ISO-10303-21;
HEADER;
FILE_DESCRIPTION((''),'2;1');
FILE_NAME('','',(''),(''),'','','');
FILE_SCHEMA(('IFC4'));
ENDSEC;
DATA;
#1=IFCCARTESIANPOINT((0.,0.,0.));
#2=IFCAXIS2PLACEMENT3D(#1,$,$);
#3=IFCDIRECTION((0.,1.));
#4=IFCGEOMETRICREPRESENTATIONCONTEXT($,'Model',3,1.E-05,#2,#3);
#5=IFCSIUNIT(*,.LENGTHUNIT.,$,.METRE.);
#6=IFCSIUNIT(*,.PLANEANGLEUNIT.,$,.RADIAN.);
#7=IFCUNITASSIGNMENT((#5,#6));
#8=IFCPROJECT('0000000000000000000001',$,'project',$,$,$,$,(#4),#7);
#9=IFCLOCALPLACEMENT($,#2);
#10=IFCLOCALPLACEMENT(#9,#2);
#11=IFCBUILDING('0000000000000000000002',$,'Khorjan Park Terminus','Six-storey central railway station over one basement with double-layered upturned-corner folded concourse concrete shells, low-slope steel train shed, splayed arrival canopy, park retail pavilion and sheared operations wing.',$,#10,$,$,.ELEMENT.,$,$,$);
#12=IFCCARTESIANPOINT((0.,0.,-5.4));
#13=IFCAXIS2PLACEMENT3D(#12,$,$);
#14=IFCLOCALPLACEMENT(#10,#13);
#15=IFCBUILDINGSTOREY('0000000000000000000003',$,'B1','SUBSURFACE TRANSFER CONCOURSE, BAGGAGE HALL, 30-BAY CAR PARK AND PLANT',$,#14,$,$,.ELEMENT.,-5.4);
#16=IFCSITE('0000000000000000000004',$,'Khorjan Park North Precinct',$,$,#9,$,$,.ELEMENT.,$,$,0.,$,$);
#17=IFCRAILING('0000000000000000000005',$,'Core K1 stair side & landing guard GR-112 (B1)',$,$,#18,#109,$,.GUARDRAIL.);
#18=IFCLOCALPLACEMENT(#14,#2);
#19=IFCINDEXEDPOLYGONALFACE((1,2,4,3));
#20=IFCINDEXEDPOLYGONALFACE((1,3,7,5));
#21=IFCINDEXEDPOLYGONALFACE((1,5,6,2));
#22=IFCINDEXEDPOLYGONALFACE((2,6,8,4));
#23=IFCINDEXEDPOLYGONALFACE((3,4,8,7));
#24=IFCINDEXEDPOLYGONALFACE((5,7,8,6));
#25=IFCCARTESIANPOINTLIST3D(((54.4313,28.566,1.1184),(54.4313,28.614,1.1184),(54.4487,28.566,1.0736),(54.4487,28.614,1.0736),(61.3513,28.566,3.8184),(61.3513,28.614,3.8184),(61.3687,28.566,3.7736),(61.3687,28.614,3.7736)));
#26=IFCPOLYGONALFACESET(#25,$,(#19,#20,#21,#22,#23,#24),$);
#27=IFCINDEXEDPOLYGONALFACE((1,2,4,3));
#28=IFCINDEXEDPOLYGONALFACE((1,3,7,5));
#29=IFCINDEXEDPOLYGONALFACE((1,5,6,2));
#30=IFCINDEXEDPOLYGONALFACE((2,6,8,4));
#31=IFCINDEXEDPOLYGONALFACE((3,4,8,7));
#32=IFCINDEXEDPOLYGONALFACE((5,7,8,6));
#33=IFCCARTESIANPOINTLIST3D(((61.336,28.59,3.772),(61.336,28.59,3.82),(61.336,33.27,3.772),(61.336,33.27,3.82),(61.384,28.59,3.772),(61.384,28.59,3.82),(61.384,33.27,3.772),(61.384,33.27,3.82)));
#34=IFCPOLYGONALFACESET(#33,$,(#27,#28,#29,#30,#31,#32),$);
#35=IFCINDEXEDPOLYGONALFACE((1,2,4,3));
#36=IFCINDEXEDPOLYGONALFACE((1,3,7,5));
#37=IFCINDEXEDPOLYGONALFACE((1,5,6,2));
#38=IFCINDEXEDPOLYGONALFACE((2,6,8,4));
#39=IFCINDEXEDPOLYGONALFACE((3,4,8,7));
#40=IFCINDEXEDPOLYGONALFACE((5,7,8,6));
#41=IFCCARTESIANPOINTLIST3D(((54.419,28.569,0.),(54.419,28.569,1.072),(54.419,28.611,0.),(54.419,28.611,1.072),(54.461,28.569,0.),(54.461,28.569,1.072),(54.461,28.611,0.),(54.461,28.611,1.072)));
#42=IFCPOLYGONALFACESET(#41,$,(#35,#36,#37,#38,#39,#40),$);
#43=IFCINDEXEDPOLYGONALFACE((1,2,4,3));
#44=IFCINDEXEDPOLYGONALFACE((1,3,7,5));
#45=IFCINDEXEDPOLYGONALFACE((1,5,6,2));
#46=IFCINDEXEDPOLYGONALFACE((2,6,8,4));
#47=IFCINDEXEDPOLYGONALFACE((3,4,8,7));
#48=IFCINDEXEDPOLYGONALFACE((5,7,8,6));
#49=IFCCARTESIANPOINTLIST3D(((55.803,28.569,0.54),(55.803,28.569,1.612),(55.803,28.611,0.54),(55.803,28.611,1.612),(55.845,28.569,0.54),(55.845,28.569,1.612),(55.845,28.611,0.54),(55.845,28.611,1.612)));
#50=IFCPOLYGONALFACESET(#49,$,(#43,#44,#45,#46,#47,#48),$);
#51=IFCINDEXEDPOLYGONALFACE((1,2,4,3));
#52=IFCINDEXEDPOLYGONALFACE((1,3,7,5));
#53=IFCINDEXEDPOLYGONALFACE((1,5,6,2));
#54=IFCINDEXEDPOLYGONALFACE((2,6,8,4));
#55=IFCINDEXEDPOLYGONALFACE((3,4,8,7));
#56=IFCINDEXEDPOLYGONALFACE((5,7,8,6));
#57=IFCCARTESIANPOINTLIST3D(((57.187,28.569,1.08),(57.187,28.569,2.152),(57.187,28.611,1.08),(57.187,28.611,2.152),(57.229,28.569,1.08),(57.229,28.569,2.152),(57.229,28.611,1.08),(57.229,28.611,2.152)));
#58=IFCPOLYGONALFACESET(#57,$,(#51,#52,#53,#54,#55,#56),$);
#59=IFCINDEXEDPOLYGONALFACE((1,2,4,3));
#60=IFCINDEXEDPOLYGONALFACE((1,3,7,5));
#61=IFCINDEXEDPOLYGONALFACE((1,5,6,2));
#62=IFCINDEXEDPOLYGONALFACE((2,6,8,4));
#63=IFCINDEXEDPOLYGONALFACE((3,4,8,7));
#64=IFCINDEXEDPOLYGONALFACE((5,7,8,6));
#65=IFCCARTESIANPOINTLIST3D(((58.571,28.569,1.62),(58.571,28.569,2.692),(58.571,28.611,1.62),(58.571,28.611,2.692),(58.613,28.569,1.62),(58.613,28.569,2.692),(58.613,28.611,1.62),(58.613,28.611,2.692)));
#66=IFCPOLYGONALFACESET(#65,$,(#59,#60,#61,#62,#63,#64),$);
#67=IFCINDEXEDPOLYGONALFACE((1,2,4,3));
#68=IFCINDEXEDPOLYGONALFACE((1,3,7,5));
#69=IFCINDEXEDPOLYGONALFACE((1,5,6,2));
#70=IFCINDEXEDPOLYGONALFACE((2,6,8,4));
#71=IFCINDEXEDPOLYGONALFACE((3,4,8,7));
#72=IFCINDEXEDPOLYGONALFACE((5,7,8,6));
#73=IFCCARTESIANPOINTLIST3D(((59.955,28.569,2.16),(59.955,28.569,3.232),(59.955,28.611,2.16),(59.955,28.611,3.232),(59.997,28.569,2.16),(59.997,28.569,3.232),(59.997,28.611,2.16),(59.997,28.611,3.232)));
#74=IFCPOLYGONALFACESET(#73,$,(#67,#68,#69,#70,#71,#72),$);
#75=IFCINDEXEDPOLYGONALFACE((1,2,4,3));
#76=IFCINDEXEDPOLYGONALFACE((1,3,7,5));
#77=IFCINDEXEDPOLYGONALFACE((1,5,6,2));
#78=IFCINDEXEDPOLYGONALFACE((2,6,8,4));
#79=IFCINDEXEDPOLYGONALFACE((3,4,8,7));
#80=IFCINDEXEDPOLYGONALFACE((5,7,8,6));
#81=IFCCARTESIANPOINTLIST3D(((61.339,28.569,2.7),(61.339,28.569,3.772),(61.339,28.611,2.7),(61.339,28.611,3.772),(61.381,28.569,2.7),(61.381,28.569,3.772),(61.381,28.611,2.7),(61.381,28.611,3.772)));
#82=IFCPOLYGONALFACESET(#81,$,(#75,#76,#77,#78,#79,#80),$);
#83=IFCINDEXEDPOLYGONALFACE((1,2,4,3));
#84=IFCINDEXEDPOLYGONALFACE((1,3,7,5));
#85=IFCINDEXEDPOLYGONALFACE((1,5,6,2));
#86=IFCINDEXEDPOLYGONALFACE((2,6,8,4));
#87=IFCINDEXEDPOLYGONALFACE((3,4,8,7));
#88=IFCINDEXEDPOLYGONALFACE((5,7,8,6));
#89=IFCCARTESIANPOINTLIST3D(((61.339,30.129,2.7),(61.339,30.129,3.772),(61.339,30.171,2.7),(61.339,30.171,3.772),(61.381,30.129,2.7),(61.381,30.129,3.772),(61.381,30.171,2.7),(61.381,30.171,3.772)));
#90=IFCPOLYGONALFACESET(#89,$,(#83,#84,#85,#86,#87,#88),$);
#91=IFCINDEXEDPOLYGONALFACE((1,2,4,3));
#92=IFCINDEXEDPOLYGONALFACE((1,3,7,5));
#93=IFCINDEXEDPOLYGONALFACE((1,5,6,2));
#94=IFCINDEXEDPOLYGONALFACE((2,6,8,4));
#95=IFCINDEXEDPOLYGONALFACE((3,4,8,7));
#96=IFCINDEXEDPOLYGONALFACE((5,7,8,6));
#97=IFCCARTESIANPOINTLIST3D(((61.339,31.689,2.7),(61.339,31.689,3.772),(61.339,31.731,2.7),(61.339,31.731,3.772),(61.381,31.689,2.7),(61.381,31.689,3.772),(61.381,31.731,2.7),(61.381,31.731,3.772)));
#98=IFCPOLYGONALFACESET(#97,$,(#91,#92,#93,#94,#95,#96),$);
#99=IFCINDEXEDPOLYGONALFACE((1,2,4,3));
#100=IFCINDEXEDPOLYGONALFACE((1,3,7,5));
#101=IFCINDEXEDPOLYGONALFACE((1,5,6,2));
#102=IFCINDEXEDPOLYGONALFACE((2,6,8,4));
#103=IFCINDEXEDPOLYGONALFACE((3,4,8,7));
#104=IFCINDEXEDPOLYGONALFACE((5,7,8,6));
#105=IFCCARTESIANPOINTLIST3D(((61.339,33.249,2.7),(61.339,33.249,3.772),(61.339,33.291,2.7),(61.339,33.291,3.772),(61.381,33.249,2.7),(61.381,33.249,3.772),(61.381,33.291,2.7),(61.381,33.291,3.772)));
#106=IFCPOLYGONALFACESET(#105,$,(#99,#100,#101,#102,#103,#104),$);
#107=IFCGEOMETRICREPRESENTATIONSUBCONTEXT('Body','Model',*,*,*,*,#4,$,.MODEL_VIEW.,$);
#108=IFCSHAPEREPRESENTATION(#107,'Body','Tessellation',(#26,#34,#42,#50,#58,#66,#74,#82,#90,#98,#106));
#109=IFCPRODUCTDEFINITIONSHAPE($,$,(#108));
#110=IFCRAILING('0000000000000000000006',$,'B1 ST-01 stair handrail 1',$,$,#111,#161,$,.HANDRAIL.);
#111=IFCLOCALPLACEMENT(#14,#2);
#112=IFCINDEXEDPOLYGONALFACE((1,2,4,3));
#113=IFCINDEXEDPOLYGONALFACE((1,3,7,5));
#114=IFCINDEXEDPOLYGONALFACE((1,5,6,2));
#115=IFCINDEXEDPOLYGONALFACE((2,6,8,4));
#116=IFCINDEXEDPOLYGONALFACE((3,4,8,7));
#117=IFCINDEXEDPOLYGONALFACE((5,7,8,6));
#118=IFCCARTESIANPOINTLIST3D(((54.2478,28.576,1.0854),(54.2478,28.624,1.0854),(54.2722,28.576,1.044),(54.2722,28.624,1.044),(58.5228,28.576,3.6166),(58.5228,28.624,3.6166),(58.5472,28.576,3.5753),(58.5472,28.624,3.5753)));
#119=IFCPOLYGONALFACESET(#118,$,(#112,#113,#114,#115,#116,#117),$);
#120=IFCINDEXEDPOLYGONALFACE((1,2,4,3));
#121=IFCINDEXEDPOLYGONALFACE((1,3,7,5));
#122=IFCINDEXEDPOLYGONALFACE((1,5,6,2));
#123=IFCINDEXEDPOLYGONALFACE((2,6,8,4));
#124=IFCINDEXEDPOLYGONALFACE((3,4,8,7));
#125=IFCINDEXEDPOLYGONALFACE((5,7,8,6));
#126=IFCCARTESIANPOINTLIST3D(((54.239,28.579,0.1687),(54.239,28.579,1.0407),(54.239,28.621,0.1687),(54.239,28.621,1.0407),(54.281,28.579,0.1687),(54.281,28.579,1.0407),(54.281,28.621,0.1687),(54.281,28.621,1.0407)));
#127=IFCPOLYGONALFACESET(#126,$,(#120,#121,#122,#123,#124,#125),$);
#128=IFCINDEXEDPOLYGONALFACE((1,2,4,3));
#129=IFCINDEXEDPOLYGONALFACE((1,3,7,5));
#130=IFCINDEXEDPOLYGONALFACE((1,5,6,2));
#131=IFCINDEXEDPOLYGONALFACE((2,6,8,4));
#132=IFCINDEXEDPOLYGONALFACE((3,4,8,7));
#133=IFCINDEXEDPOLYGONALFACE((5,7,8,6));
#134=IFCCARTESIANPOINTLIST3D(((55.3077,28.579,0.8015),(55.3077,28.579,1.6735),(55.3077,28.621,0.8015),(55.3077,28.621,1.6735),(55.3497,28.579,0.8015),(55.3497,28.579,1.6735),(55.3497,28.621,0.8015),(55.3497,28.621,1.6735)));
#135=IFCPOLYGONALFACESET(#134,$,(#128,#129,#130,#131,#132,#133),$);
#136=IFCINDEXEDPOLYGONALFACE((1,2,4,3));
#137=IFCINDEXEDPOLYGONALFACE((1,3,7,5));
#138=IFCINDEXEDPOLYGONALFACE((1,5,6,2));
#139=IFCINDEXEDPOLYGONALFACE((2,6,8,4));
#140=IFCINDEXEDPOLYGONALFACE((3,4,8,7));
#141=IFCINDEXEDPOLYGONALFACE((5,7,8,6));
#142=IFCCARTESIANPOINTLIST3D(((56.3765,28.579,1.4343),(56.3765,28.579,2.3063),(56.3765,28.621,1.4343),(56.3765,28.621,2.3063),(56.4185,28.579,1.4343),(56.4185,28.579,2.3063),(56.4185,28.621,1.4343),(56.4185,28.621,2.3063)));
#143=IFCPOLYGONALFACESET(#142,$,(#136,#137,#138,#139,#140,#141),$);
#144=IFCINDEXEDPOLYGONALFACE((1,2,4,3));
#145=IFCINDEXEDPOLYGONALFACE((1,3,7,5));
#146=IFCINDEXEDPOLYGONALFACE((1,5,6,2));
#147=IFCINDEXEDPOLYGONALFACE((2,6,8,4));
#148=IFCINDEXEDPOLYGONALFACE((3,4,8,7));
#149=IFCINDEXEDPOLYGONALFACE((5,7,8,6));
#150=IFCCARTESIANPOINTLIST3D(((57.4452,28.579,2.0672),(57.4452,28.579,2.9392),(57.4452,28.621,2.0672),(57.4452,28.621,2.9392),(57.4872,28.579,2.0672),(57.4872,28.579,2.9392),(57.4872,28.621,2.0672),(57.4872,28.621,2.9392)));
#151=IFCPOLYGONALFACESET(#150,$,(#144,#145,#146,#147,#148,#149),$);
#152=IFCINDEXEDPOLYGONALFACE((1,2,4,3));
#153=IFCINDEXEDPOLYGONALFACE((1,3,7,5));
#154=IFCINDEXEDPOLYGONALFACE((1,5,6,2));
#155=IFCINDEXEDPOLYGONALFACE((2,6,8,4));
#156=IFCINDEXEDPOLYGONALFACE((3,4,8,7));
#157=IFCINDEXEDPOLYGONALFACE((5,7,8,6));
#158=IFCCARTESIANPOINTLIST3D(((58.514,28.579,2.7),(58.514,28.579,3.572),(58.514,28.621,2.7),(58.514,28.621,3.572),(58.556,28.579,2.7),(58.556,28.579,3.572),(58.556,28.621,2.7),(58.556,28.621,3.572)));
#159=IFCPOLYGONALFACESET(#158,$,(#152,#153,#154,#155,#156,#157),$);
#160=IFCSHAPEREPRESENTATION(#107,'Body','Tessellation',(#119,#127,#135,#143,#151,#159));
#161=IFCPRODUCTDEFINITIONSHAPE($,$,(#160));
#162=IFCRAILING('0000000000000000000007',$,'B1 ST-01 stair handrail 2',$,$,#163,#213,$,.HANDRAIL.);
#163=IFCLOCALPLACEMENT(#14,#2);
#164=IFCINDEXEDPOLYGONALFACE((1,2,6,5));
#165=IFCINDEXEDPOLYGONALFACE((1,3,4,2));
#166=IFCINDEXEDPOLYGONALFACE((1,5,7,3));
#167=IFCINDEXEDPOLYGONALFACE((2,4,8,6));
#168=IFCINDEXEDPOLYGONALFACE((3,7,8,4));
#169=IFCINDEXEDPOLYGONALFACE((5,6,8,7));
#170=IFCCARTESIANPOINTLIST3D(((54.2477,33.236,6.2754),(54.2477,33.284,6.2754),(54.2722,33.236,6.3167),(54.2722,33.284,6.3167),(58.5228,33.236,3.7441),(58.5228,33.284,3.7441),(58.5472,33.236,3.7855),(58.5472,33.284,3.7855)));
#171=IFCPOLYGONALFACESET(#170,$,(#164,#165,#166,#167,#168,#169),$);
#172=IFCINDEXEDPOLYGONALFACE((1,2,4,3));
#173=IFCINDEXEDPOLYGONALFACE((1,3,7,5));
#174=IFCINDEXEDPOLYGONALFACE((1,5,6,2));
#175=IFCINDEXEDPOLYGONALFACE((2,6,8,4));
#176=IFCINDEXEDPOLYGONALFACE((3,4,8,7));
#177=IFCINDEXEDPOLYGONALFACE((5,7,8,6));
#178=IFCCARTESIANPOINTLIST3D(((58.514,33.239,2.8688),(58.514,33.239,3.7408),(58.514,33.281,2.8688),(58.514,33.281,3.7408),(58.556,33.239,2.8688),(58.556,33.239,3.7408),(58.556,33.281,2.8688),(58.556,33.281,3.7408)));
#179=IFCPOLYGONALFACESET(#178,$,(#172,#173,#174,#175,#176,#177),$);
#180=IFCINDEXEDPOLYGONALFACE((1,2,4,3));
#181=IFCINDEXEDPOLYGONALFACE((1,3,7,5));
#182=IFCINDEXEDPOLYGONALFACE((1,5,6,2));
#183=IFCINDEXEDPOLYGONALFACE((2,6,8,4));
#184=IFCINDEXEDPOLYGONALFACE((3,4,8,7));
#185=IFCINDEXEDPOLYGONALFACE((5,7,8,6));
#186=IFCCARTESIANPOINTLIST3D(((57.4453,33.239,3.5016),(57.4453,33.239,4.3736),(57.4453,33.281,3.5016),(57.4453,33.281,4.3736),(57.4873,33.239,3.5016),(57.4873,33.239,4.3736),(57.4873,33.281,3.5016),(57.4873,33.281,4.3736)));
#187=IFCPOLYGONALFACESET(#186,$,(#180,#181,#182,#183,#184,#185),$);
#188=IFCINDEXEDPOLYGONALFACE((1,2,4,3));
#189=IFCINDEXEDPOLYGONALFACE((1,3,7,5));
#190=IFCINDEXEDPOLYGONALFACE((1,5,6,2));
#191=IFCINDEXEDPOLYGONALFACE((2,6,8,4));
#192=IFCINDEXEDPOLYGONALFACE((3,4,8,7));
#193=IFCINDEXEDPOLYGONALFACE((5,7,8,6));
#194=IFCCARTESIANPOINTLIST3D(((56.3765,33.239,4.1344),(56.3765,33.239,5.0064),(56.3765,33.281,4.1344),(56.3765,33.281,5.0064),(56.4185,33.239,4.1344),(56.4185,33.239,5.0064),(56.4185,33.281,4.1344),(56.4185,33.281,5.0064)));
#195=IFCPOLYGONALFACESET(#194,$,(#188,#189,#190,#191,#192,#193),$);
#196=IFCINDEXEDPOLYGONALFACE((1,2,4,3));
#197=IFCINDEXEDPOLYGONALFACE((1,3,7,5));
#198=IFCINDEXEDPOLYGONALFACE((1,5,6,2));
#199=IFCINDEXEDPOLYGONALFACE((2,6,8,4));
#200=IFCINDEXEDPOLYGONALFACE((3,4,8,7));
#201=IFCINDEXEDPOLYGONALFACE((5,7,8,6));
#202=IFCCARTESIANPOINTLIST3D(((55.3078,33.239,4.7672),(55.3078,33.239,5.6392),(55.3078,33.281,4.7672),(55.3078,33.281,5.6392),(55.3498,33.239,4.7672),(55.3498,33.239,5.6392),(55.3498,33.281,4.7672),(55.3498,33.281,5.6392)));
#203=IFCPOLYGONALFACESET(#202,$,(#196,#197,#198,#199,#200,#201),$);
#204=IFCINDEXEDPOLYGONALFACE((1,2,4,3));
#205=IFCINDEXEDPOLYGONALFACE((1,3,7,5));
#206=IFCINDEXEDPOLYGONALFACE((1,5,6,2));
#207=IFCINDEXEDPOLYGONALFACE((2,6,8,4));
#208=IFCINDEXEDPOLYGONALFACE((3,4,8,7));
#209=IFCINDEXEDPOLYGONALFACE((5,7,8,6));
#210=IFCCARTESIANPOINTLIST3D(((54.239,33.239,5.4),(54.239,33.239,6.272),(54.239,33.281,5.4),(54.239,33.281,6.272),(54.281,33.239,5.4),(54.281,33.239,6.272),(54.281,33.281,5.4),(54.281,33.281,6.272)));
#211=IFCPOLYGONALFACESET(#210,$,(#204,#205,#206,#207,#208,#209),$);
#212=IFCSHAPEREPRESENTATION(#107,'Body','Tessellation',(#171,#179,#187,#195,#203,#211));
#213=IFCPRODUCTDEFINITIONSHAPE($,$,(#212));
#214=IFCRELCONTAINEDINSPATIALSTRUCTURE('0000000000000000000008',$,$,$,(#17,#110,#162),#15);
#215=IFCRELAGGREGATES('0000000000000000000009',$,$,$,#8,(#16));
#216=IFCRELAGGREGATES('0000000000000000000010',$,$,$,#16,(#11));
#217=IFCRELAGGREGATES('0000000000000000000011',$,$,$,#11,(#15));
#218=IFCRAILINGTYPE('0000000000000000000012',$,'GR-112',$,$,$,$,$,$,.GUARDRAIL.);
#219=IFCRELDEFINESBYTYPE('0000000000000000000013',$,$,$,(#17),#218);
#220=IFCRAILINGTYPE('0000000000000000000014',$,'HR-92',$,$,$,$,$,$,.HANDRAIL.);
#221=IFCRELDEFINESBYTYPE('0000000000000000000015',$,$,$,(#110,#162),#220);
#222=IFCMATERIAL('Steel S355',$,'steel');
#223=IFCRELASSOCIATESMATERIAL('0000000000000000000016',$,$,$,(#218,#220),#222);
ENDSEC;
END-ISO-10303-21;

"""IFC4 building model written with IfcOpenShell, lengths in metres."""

from ifc_helpers import new_model, si_unit, direction, frame, origin, origin_2d, place, context, subcontext, project, spatial, rectangle, extrude, material, type_object, element, save


model = new_model("IFC4")

# Units and contexts
model_context = context("Model", 3, precision=1e-05, world=origin(), true_north=direction((0.0, 1.0)))
body_context = subcontext(model_context, "Body", "Model", "MODEL_VIEW")
ifc_project = project(units=[si_unit("LENGTHUNIT", "METRE"), si_unit("PLANEANGLEUNIT", "RADIAN")], contexts=[model_context])

# Site, building, storey
site_placement = place(None, origin())
site = spatial("IfcSite", under=ifc_project, at=site_placement, Name="Khorjan Park North Precinct", CompositionType="ELEMENT", RefElevation=0.0)
building_placement = place(site_placement, origin())
building = spatial("IfcBuilding", under=site, at=building_placement, Name="Khorjan Park Terminus", Description="Six-storey central railway station over one basement with double-layered upturned-corner folded concourse concrete shells, low-slope steel train shed, splayed arrival canopy, park retail pavilion and sheared operations wing.", CompositionType="ELEMENT")
storey_placement = place(building_placement, frame((0.0, 0.0, -5.4)))
storey = spatial("IfcBuildingStorey", under=building, at=storey_placement, Name="B1", Description="SUBSURFACE TRANSFER CONCOURSE, BAGGAGE HALL, 30-BAY CAR PARK AND PLANT", CompositionType="ELEMENT", Elevation=-5.4)

# Railings
ifc_material_1 = material(Name="Steel S355", Category="steel")
railing_type_1 = type_object("IfcRailingType", Name="GR-112", PredefinedType="GUARDRAIL", material=ifc_material_1)
railing_1_placement = place(storey_placement, frame((54.44, 28.59, 0.0)))
element("IfcRailing", 1, at=railing_1_placement, inside=storey, type_object=railing_type_1, Name="Core K1 stair side & landing guard GR-112 (B1)", PredefinedType="GUARDRAIL", context=body_context, shape_type="SweptSolid", body=[
    extrude(rectangle(XDim=0.048, YDim=0.048, at=origin_2d()), frame((0.0, 0.0, 1.096), z_axis=(0.9316, 0.0, 0.363485), x_axis=(0.0, 1.0, 0.0)), (0.0, 0.0, 1.0), 7.4281),
    extrude(rectangle(XDim=0.048, YDim=0.048, at=origin_2d()), frame((6.92, 0.0, 3.796), z_axis=(0.0, 1.0, 0.0), x_axis=(-1.0, 0.0, 0.0)), (0.0, 0.0, 1.0), 4.68),
    extrude(rectangle(XDim=0.042, YDim=0.042, at=origin_2d()), origin(), (0.0, 0.0, 1.0), 1.072),
    extrude(rectangle(XDim=0.042, YDim=0.042, at=origin_2d()), frame((1.384, 0.0, 0.54)), (0.0, 0.0, 1.0), 1.072),
    extrude(rectangle(XDim=0.042, YDim=0.042, at=origin_2d()), frame((2.768, 0.0, 1.08)), (0.0, 0.0, 1.0), 1.072),
    extrude(rectangle(XDim=0.042, YDim=0.042, at=origin_2d()), frame((4.152, 0.0, 1.62)), (0.0, 0.0, 1.0), 1.072),
    extrude(rectangle(XDim=0.042, YDim=0.042, at=origin_2d()), frame((5.536, 0.0, 2.16)), (0.0, 0.0, 1.0), 1.072),
    extrude(rectangle(XDim=0.042, YDim=0.042, at=origin_2d()), frame((6.92, 0.0, 2.7)), (0.0, 0.0, 1.0), 1.072),
    extrude(rectangle(XDim=0.042, YDim=0.042, at=origin_2d()), frame((6.92, 1.56, 2.7)), (0.0, 0.0, 1.0), 1.072),
    extrude(rectangle(XDim=0.042, YDim=0.042, at=origin_2d()), frame((6.92, 3.12, 2.7)), (0.0, 0.0, 1.0), 1.072),
    extrude(rectangle(XDim=0.042, YDim=0.042, at=origin_2d()), frame((6.92, 4.68, 2.7)), (0.0, 0.0, 1.0), 1.072),
])
railing_type_2 = type_object("IfcRailingType", Name="HR-92", PredefinedType="HANDRAIL", material=ifc_material_1)
railing_2_placement = place(storey_placement, frame((54.26, 28.6, 0.1687)))
element("IfcRailing", 2, at=railing_2_placement, inside=storey, type_object=railing_type_2, Name="B1 ST-01 stair handrail 1", PredefinedType="HANDRAIL", context=body_context, shape_type="SweptSolid", body=[
    extrude(rectangle(XDim=0.048, YDim=0.048, at=origin_2d()), frame((0.0, 0.0, 0.896), z_axis=(0.860471, 0.0, 0.509499), x_axis=(0.0, 1.0, 0.0)), (0.0, 0.0, 1.0), 4.9682),
    extrude(rectangle(XDim=0.042, YDim=0.042, at=origin_2d()), origin(), (0.0, 0.0, 1.0), 0.872),
    extrude(rectangle(XDim=0.042, YDim=0.042, at=origin_2d()), frame((1.0687, 0.0, 0.6328)), (0.0, 0.0, 1.0), 0.872),
    extrude(rectangle(XDim=0.042, YDim=0.042, at=origin_2d()), frame((2.1375, 0.0, 1.2656)), (0.0, 0.0, 1.0), 0.872),
    extrude(rectangle(XDim=0.042, YDim=0.042, at=origin_2d()), frame((3.2062, 0.0, 1.8985)), (0.0, 0.0, 1.0), 0.872),
    extrude(rectangle(XDim=0.042, YDim=0.042, at=origin_2d()), frame((4.275, 0.0, 2.5313)), (0.0, 0.0, 1.0), 0.872),
])
railing_3_placement = place(storey_placement, frame((58.535, 33.26, 2.8688)))
element("IfcRailing", 3, at=railing_3_placement, inside=storey, type_object=railing_type_2, Name="B1 ST-01 stair handrail 2", PredefinedType="HANDRAIL", context=body_context, shape_type="SweptSolid", body=[
    extrude(rectangle(XDim=0.048, YDim=0.048, at=origin_2d()), frame((0.0, 0.0, 0.896), z_axis=(-0.86048, 0.0, 0.509485), x_axis=(0.0, -1.0, 0.0)), (0.0, 0.0, 1.0), 4.9682),
    extrude(rectangle(XDim=0.042, YDim=0.042, at=origin_2d()), origin(), (0.0, 0.0, 1.0), 0.872),
    extrude(rectangle(XDim=0.042, YDim=0.042, at=origin_2d()), frame((-1.0687, 0.0, 0.6328)), (0.0, 0.0, 1.0), 0.872),
    extrude(rectangle(XDim=0.042, YDim=0.042, at=origin_2d()), frame((-2.1375, 0.0, 1.2656)), (0.0, 0.0, 1.0), 0.872),
    extrude(rectangle(XDim=0.042, YDim=0.042, at=origin_2d()), frame((-3.2062, 0.0, 1.8984)), (0.0, 0.0, 1.0), 0.872),
    extrude(rectangle(XDim=0.042, YDim=0.042, at=origin_2d()), frame((-4.275, 0.0, 2.5312)), (0.0, 0.0, 1.0), 0.872),
])

save(model, "model.ifc")
